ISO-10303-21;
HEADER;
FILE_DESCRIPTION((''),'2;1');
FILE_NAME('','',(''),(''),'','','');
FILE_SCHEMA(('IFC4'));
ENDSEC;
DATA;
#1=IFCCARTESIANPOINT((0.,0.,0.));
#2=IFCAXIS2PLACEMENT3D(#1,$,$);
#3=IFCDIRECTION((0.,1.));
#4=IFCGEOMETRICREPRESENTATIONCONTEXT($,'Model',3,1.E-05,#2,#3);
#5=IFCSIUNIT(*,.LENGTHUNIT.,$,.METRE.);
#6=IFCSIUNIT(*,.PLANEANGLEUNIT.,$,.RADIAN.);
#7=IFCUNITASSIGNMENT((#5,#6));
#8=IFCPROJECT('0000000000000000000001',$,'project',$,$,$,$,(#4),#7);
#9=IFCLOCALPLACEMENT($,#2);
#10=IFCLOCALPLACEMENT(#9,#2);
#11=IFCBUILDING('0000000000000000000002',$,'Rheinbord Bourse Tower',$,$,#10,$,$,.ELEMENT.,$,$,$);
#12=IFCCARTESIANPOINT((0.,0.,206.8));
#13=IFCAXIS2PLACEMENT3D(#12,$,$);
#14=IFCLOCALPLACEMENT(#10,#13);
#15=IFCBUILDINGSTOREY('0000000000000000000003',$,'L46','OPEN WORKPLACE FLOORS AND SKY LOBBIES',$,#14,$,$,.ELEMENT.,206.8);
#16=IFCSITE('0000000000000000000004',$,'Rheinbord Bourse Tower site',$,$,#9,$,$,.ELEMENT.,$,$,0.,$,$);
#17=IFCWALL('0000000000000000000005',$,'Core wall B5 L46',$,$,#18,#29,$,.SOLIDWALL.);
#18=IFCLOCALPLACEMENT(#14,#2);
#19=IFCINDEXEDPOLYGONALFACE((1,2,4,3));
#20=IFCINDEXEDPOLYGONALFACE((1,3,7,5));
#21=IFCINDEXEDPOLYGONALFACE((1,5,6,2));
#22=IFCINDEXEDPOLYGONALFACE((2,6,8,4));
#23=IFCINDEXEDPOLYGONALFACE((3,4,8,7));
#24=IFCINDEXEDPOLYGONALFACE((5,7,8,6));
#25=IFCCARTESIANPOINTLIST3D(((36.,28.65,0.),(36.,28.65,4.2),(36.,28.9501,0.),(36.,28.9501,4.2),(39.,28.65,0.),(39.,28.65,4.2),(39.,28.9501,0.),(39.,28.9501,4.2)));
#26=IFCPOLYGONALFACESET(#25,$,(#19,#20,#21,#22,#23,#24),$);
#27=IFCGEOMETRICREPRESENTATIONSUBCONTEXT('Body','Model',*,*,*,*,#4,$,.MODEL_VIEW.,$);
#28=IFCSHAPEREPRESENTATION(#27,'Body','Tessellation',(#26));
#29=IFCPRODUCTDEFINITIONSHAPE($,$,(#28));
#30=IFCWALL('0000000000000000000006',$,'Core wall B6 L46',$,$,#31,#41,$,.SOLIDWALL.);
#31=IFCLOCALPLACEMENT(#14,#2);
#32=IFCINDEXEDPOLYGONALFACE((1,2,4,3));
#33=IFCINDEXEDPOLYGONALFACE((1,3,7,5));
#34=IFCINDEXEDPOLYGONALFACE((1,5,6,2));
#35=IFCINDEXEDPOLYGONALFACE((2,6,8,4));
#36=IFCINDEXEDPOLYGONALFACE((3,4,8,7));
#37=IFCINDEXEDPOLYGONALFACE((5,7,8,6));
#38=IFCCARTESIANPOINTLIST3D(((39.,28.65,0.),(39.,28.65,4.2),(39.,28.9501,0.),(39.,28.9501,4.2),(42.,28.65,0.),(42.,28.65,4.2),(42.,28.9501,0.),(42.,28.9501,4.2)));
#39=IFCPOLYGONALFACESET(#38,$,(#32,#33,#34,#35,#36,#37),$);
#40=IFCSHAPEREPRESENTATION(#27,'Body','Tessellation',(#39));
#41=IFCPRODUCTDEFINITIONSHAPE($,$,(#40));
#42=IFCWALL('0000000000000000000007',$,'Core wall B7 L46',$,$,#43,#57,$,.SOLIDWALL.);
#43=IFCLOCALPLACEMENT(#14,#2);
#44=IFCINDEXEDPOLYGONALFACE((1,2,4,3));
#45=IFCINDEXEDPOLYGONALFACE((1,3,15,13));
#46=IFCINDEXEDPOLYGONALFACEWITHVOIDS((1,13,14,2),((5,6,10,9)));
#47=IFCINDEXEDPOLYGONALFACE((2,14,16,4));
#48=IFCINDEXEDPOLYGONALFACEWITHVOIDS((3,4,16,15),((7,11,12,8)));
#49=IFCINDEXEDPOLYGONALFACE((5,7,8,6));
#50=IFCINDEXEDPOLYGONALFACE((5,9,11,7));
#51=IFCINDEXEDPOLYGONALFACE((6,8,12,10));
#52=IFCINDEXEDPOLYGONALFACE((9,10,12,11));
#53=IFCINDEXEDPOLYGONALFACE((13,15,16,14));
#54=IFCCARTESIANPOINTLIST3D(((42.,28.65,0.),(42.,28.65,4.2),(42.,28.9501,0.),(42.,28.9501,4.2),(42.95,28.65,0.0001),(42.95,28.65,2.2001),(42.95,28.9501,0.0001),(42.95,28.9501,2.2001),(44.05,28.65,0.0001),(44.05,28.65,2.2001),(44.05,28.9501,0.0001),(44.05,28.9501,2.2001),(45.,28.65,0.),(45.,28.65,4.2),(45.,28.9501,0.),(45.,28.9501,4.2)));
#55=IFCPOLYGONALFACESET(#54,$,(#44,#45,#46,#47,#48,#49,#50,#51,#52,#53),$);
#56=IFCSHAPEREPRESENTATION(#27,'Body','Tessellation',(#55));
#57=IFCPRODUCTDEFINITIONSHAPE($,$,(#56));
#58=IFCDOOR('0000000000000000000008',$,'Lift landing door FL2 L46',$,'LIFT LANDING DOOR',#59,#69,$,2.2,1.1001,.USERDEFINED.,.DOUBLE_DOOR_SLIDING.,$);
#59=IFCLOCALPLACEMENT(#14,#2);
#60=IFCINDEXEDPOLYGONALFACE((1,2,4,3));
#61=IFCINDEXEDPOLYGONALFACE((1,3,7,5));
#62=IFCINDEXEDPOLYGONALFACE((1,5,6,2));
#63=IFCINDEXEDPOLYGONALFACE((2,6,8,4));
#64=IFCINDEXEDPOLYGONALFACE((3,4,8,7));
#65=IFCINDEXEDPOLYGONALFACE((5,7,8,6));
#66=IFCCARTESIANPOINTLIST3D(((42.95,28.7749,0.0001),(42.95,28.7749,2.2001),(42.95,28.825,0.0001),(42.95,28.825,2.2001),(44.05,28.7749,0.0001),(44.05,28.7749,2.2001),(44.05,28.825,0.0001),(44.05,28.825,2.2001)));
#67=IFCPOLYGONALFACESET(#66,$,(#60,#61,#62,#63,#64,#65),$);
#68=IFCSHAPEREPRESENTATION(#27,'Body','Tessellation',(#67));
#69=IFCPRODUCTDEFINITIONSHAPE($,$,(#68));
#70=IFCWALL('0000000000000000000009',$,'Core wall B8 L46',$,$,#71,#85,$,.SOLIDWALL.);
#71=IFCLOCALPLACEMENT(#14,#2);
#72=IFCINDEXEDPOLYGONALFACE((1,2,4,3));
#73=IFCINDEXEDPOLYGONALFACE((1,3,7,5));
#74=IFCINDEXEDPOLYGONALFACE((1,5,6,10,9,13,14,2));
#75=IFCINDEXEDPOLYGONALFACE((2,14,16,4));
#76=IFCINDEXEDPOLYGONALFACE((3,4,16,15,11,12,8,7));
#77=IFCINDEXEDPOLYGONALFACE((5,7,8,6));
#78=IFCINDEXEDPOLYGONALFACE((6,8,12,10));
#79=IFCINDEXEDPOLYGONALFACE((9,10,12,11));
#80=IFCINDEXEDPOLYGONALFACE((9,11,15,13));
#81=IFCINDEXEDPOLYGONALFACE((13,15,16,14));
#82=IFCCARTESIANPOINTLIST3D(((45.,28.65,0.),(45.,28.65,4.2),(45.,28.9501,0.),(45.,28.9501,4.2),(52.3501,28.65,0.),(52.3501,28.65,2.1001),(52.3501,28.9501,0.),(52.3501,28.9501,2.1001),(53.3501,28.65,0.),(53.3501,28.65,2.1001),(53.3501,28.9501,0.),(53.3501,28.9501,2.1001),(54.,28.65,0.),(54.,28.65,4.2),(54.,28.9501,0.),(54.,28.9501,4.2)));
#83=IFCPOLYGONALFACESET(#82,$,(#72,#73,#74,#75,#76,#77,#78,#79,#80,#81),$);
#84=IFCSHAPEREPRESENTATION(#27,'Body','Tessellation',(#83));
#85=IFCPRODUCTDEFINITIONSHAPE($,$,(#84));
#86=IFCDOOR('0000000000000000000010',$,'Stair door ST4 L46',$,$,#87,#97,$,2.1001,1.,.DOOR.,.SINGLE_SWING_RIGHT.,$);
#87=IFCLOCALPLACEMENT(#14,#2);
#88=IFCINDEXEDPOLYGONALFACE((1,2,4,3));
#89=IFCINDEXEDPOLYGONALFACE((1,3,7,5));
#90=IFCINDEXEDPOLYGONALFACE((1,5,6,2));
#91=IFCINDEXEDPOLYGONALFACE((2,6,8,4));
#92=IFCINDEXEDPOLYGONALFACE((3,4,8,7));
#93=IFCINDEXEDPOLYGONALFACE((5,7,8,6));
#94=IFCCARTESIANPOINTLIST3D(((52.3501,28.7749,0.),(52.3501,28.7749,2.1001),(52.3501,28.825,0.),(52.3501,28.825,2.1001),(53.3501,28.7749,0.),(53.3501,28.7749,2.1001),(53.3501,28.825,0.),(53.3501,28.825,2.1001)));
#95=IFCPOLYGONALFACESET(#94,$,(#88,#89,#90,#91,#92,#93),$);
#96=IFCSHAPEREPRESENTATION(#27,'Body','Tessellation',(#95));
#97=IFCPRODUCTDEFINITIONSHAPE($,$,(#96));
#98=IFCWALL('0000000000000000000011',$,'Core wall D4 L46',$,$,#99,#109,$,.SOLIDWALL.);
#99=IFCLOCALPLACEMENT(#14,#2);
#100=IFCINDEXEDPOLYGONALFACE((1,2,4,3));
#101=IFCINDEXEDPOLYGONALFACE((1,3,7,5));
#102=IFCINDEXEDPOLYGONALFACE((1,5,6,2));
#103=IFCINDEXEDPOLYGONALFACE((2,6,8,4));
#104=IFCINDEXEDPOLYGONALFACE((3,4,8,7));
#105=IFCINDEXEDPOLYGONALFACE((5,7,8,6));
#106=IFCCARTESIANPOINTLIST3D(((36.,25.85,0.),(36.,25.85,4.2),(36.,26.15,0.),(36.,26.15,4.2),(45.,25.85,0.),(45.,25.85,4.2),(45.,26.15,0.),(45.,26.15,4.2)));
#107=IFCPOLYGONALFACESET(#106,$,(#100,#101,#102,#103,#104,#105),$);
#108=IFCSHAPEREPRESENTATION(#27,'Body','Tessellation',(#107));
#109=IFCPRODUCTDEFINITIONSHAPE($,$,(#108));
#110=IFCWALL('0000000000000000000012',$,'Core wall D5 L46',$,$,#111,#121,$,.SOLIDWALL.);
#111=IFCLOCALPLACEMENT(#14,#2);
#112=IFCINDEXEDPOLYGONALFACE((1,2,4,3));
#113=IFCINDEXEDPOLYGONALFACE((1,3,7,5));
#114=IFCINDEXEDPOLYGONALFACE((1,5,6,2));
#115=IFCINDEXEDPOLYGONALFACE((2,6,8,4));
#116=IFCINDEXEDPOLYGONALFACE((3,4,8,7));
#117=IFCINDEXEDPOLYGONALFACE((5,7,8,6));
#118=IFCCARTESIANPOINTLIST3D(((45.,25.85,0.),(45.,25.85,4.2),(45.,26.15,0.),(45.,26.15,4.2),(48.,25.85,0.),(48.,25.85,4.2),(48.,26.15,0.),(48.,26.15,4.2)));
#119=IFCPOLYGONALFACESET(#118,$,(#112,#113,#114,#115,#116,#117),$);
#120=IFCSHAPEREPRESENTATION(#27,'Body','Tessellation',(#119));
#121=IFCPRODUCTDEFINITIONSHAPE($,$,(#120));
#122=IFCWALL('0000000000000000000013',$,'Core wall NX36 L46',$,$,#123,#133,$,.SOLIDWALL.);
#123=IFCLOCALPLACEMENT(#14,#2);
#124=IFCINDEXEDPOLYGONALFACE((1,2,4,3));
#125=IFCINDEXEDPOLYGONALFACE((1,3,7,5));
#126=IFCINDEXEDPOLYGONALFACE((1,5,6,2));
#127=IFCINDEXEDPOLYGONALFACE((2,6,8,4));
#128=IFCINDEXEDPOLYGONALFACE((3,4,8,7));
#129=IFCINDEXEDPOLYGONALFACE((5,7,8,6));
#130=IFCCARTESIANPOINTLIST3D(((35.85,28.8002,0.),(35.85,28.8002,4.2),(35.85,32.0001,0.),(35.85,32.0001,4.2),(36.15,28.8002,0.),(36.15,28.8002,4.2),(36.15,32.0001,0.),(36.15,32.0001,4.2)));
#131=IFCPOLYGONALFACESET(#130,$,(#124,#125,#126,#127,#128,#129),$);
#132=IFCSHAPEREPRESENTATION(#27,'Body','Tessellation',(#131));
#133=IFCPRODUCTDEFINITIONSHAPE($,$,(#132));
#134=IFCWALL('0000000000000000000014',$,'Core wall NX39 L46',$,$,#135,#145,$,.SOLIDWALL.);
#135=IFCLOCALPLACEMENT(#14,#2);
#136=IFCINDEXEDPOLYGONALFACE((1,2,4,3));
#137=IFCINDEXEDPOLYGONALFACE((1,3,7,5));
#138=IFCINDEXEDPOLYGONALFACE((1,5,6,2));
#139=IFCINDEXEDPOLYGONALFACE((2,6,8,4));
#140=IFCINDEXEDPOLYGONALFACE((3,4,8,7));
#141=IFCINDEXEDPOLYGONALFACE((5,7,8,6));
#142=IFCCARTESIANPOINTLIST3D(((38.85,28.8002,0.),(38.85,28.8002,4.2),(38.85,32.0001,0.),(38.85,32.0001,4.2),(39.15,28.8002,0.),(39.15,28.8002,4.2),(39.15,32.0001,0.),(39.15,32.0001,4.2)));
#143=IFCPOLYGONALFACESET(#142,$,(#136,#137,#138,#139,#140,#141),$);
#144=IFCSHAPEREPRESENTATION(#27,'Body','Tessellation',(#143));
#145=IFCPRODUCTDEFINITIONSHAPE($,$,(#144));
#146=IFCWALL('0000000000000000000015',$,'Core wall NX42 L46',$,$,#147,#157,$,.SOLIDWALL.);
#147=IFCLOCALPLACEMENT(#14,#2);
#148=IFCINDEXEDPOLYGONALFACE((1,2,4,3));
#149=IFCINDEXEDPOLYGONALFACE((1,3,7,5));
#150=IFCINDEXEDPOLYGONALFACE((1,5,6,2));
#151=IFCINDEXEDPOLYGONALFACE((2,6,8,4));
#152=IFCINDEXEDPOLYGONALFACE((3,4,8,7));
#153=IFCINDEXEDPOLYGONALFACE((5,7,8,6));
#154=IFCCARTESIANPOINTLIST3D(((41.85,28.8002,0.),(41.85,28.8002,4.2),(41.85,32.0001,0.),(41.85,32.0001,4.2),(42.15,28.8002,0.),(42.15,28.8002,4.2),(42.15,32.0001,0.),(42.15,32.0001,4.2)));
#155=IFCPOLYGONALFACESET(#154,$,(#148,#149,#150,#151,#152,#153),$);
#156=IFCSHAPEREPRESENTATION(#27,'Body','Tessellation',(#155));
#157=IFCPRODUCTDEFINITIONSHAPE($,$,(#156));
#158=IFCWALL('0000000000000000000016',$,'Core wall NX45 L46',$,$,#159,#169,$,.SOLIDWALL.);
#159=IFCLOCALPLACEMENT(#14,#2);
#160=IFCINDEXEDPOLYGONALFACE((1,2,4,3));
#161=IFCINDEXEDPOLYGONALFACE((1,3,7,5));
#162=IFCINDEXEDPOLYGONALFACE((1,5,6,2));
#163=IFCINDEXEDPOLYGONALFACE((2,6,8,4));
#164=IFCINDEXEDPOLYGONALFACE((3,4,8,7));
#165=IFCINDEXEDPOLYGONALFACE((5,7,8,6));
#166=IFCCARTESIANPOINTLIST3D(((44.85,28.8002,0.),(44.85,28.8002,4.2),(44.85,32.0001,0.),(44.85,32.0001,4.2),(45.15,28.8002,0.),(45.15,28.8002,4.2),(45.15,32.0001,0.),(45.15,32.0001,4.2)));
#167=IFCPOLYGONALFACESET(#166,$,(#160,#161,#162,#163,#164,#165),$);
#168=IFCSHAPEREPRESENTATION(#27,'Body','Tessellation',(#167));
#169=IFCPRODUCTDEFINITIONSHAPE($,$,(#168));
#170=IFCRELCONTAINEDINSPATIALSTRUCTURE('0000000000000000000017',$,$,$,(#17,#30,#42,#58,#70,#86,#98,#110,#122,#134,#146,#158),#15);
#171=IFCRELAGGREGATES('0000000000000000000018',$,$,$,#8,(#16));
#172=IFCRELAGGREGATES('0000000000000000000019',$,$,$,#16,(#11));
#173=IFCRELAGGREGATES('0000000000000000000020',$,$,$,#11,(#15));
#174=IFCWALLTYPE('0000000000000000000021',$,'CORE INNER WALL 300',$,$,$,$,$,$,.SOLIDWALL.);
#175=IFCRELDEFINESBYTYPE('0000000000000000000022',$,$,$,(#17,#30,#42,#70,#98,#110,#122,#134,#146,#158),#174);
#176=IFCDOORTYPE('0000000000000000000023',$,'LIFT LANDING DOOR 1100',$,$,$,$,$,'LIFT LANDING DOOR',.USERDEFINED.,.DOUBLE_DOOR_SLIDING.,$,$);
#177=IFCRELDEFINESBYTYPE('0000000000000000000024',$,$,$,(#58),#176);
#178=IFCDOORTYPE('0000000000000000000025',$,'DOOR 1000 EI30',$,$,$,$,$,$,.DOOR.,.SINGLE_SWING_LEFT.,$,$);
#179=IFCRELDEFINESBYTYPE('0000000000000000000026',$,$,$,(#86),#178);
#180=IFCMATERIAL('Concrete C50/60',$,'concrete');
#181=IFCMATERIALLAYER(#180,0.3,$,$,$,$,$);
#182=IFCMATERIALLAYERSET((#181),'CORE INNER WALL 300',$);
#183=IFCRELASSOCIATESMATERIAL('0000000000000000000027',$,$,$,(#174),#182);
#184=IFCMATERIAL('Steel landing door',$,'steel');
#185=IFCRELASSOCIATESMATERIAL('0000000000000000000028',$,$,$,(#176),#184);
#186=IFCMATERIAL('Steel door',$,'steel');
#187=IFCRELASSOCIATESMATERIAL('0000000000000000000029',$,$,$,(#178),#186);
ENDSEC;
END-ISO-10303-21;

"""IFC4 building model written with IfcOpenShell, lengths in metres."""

from ifc_helpers import new_model, si_unit, direction, frame, frame_2d, origin, place, context, subcontext, project, spatial, rectangle, extrude, material, layer, layer_set, type_object, element, fill, save


model = new_model("IFC4")

# Units and contexts
model_context = context("Model", 3, precision=1e-05, world=origin(), true_north=direction((0.0, 1.0)))
body_context = subcontext(model_context, "Body", "Model", "MODEL_VIEW")
ifc_project = project(units=[si_unit("LENGTHUNIT", "METRE"), si_unit("PLANEANGLEUNIT", "RADIAN")], contexts=[model_context])

# Site, building, storey
site_placement = place(None, origin())
site = spatial("IfcSite", under=ifc_project, at=site_placement, Name="Rheinbord Bourse Tower site", CompositionType="ELEMENT", RefElevation=0.0)
building_placement = place(site_placement, origin())
building = spatial("IfcBuilding", under=site, at=building_placement, Name="Rheinbord Bourse Tower", CompositionType="ELEMENT")
storey_placement = place(building_placement, frame((0.0, 0.0, 206.8)))
storey = spatial("IfcBuildingStorey", under=building, at=storey_placement, Name="L46", Description="OPEN WORKPLACE FLOORS AND SKY LOBBIES", CompositionType="ELEMENT", Elevation=206.8)

# Walls
ifc_material_1 = material(Name="Concrete C50/60", Category="concrete")
ifc_layer_1 = layer(ifc_material_1, 0.3)
ifc_layer_set_1 = layer_set([ifc_layer_1], Name="CORE INNER WALL 300")
wall_type_1 = type_object("IfcWallType", Name="CORE INNER WALL 300", PredefinedType="SOLIDWALL", material=ifc_layer_set_1)
for number, where, z_axis, x_axis, name in (
    (1, (36.0, 28.8, 0.0), (0.0, 0.0, 1.0), (1.0, 0.0, 0.0), "Core wall B5 L46"),
    (2, (39.0, 28.8, 0.0), (0.0, 0.0, 1.0), (1.0, 0.0, 0.0), "Core wall B6 L46"),
):
    element("IfcWall", number, at=place(storey_placement, frame(where, z_axis=z_axis, x_axis=x_axis)), inside=storey, type_object=wall_type_1, Name=name, PredefinedType="SOLIDWALL", context=body_context, shape_type="SweptSolid", body=[
        extrude(rectangle(XDim=3.0, YDim=0.3, at=frame_2d((1.5, 0.0))), origin(), (0.0, 0.0, 1.0), 4.2),
    ])

# Walls, openings, doors
wall_1_placement = place(storey_placement, frame((42.0, 28.8, 0.0), z_axis=(0.0, 0.0, 1.0), x_axis=(1.0, 0.0, 0.0)))
wall_1 = element("IfcWall", 3, at=wall_1_placement, inside=storey, type_object=wall_type_1, Name="Core wall B7 L46", PredefinedType="SOLIDWALL", context=body_context, shape_type="SweptSolid", body=[
    extrude(rectangle(XDim=3.0, YDim=0.3, at=frame_2d((1.5, 0.0))), origin(), (0.0, 0.0, 1.0), 4.2),
])
opening_1_placement = place(wall_1_placement, frame((0.95, 0.0, 0.0)))
opening_1 = element("IfcOpeningElement", 4, at=opening_1_placement, cuts=wall_1, PredefinedType="OPENING", context=body_context, shape_type="SweptSolid", body=[
    extrude(rectangle(XDim=1.1001, YDim=2.2, at=frame_2d((0.55, 1.1001))), frame((0.0, 0.1599, 0.0), z_axis=(0.0, -1.0, 0.0), x_axis=(1.0, 0.0, 0.0)), (0.0, 0.0, 1.0), 0.3201),
])
ifc_material_2 = material(Name="Steel landing door", Category="steel")
door_type_1 = type_object("IfcDoorType", Name="LIFT LANDING DOOR 1100", ElementType="LIFT LANDING DOOR", OperationType="DOUBLE_DOOR_SLIDING", PredefinedType="USERDEFINED", material=ifc_material_2)
door_1_placement = place(opening_1_placement, origin())
door_1 = element("IfcDoor", 5, at=door_1_placement, inside=storey, type_object=door_type_1, Name="Lift landing door FL2 L46", ObjectType="LIFT LANDING DOOR", OperationType="DOUBLE_DOOR_SLIDING", OverallHeight=2.2, OverallWidth=1.1001, PredefinedType="USERDEFINED", context=body_context, shape_type="SweptSolid", body=[
    extrude(rectangle(XDim=1.1001, YDim=2.2, at=frame_2d((0.55, 1.1001))), frame((0.0, 0.0249, 0.0), z_axis=(0.0, -1.0, 0.0), x_axis=(1.0, 0.0, 0.0)), (0.0, 0.0, 1.0), 0.05),
])
fill(opening_1, door_1)
wall_2_placement = place(storey_placement, frame((45.0, 28.8, 0.0), z_axis=(0.0, 0.0, 1.0), x_axis=(1.0, 0.0, 0.0)))
wall_2 = element("IfcWall", 6, at=wall_2_placement, inside=storey, type_object=wall_type_1, Name="Core wall B8 L46", PredefinedType="SOLIDWALL", context=body_context, shape_type="SweptSolid", body=[
    extrude(rectangle(XDim=9.0, YDim=0.3, at=frame_2d((4.5, 0.0))), origin(), (0.0, 0.0, 1.0), 4.2),
])
opening_2_placement = place(wall_2_placement, frame((7.3501, 0.0, 0.0)))
opening_2 = element("IfcOpeningElement", 7, at=opening_2_placement, cuts=wall_2, PredefinedType="OPENING", context=body_context, shape_type="SweptSolid", body=[
    extrude(rectangle(XDim=1.0, YDim=2.1001, at=frame_2d((0.5, 1.05))), frame((0.0, 0.1599, 0.0), z_axis=(0.0, -1.0, 0.0), x_axis=(1.0, 0.0, 0.0)), (0.0, 0.0, 1.0), 0.3201),
])
ifc_material_3 = material(Name="Steel door", Category="steel")
door_type_2 = type_object("IfcDoorType", Name="DOOR 1000 EI30", OperationType="SINGLE_SWING_LEFT", PredefinedType="DOOR", material=ifc_material_3)
door_2_placement = place(opening_2_placement, origin())
door_2 = element("IfcDoor", 8, at=door_2_placement, inside=storey, type_object=door_type_2, Name="Stair door ST4 L46", OperationType="SINGLE_SWING_RIGHT", OverallHeight=2.1001, OverallWidth=1.0, PredefinedType="DOOR", context=body_context, shape_type="SweptSolid", body=[
    extrude(rectangle(XDim=1.0, YDim=2.1001, at=frame_2d((0.5, 1.05))), frame((0.0, 0.0249, 0.0), z_axis=(0.0, -1.0, 0.0), x_axis=(1.0, 0.0, 0.0)), (0.0, 0.0, 1.0), 0.05),
])
fill(opening_2, door_2)

# Walls
wall_3_placement = place(storey_placement, frame((36.0, 26.0, 0.0), z_axis=(0.0, 0.0, 1.0), x_axis=(1.0, 0.0, 0.0)))
element("IfcWall", 9, at=wall_3_placement, inside=storey, type_object=wall_type_1, Name="Core wall D4 L46", PredefinedType="SOLIDWALL", context=body_context, shape_type="SweptSolid", body=[
    extrude(rectangle(XDim=9.0, YDim=0.3, at=frame_2d((4.5, 0.0))), origin(), (0.0, 0.0, 1.0), 4.2),
])
wall_4_placement = place(storey_placement, frame((45.0, 26.0, 0.0), z_axis=(0.0, 0.0, 1.0), x_axis=(1.0, 0.0, 0.0)))
element("IfcWall", 10, at=wall_4_placement, inside=storey, type_object=wall_type_1, Name="Core wall D5 L46", PredefinedType="SOLIDWALL", context=body_context, shape_type="SweptSolid", body=[
    extrude(rectangle(XDim=3.0, YDim=0.3, at=frame_2d((1.5, 0.0))), origin(), (0.0, 0.0, 1.0), 4.2),
])
for number, where, z_axis, x_axis, name in (
    (11, (36.0, 28.8, 0.0), (0.0, 0.0, 1.0), (0.0, 1.0, 0.0), "Core wall NX36 L46"),
    (12, (39.0, 28.8, 0.0), (0.0, 0.0, 1.0), (0.0, 1.0, 0.0), "Core wall NX39 L46"),
    (13, (42.0, 28.8, 0.0), (0.0, 0.0, 1.0), (0.0, 1.0, 0.0), "Core wall NX42 L46"),
    (14, (45.0, 28.8, 0.0), (0.0, 0.0, 1.0), (0.0, 1.0, 0.0), "Core wall NX45 L46"),
):
    element("IfcWall", number, at=place(storey_placement, frame(where, z_axis=z_axis, x_axis=x_axis)), inside=storey, type_object=wall_type_1, Name=name, PredefinedType="SOLIDWALL", context=body_context, shape_type="SweptSolid", body=[
        extrude(rectangle(XDim=3.2, YDim=0.3, at=frame_2d((1.6001, 0.0))), origin(), (0.0, 0.0, 1.0), 4.2),
    ])

save(model, "model.ifc")
